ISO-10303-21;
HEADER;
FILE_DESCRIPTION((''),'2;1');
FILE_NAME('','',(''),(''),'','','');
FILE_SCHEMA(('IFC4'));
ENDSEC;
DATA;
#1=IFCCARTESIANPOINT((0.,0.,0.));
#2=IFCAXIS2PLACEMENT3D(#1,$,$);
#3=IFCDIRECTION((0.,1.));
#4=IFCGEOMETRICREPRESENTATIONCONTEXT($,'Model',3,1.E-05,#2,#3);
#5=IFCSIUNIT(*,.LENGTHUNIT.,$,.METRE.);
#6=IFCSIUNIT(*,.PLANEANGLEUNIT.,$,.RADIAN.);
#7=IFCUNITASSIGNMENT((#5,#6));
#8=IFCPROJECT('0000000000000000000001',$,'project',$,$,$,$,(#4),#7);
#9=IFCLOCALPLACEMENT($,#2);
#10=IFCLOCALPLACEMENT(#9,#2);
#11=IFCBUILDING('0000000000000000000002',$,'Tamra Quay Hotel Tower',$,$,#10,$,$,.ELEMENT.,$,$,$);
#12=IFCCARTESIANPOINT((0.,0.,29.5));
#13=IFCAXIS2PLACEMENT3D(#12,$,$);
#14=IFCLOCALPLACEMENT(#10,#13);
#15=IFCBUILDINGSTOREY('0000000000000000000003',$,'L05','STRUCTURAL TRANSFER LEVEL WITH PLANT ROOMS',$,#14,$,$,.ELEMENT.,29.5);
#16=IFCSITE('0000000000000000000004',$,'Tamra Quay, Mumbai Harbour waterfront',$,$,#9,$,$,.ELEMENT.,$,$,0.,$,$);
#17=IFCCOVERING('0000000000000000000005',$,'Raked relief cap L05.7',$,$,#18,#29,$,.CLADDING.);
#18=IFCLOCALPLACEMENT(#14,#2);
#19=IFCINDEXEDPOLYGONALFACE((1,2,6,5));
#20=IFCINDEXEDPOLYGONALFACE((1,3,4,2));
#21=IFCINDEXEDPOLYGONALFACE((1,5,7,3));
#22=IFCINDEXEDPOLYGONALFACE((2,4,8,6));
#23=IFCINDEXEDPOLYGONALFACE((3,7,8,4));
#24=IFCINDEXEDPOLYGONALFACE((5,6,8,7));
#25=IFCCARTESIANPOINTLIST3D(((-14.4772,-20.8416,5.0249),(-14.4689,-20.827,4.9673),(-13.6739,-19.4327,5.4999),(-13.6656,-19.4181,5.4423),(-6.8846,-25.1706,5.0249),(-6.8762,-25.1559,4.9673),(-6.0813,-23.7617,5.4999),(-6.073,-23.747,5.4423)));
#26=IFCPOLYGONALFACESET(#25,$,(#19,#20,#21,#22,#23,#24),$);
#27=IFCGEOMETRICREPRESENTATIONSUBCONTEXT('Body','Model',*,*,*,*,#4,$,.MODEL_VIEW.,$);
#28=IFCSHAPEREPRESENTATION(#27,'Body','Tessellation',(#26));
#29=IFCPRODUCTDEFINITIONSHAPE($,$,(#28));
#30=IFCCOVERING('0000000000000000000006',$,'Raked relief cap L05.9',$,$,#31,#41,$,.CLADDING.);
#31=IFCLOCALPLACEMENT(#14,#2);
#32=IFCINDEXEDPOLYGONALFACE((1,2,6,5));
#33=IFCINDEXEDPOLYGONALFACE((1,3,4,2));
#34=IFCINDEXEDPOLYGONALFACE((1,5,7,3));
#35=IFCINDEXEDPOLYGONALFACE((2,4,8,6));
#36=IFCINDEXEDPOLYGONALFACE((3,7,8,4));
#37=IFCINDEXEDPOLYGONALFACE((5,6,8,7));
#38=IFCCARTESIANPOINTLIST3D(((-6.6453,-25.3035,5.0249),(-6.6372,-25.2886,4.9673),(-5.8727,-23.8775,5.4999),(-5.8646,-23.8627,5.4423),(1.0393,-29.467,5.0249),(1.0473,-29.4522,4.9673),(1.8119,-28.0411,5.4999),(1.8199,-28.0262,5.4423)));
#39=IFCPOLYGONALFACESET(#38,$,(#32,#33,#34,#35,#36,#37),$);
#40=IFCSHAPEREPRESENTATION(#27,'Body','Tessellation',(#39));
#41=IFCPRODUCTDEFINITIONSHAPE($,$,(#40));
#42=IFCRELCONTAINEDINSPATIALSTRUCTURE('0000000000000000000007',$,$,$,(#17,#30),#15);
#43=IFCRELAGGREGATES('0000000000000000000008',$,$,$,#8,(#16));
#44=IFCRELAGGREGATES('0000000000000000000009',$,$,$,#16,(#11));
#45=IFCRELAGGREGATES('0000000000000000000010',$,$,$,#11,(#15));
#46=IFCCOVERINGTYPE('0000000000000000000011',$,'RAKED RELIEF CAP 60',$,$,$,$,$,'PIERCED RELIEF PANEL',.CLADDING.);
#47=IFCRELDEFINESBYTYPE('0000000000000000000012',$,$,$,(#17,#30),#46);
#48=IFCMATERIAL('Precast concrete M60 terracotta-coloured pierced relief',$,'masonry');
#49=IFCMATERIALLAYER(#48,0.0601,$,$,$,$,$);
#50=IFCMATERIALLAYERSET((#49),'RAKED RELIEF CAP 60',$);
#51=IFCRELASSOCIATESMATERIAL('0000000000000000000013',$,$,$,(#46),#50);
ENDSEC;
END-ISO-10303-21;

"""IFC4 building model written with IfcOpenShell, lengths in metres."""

from ifc_helpers import new_model, si_unit, direction, frame, frame_2d, origin, place, context, subcontext, project, spatial, rectangle, extrude, source, transform, mapped, material, layer, layer_set, type_object, element, save


model = new_model("IFC4")

# Units and contexts
model_context = context("Model", 3, precision=1e-05, world=origin(), true_north=direction((0.0, 1.0)))
body_context = subcontext(model_context, "Body", "Model", "MODEL_VIEW")
ifc_project = project(units=[si_unit("LENGTHUNIT", "METRE"), si_unit("PLANEANGLEUNIT", "RADIAN")], contexts=[model_context])

# Site, building, storey
site_placement = place(None, origin())
site = spatial("IfcSite", under=ifc_project, at=site_placement, Name="Tamra Quay, Mumbai Harbour waterfront", CompositionType="ELEMENT", RefElevation=0.0)
building_placement = place(site_placement, origin())
building = spatial("IfcBuilding", under=site, at=building_placement, Name="Tamra Quay Hotel Tower", CompositionType="ELEMENT")
storey_placement = place(building_placement, frame((0.0, 0.0, 29.5)))
storey = spatial("IfcBuildingStorey", under=building, at=storey_placement, Name="L05", Description="STRUCTURAL TRANSFER LEVEL WITH PLANT ROOMS", CompositionType="ELEMENT", Elevation=29.5)

# Coverings
ifc_material_1 = material(Name="Precast concrete M60 terracotta-coloured pierced relief", Category="masonry")
ifc_layer_1 = layer(ifc_material_1, 0.0601)
ifc_layer_set_1 = layer_set([ifc_layer_1], Name="RAKED RELIEF CAP 60")
covering_type_1 = type_object("IfcCoveringType", Name="RAKED RELIEF CAP 60", ElementType="PIERCED RELIEF PANEL", PredefinedType="CLADDING", material=ifc_layer_set_1)
shared_shape_1 = source(origin(), body_context, "Body", "SweptSolid", [
    extrude(rectangle(XDim=8.74, YDim=1.6899, at=frame_2d((4.3701, 0.845))), frame((-4.3701, 0.0, -0.0601)), (0.0, 0.0, 1.0), 0.0601),
])
for number, where, z_axis, x_axis, name in (
    (1, (-10.6809, -23.0061, 5.0249), (-0.13923, -0.2442, 0.959678), (0.868722, -0.495301, 0.0), "Raked relief cap L05.7"),
    (2, (-2.803, -27.3853, 5.0249), (-0.133911, -0.247157, 0.959678), (0.879241, -0.476378, 0.0), "Raked relief cap L05.9"),
):
    element("IfcCovering", number, at=place(storey_placement, frame(where, z_axis=z_axis, x_axis=x_axis)), inside=storey, type_object=covering_type_1, Name=name, PredefinedType="CLADDING", context=body_context, shape_type="MappedRepresentation", body=[
        mapped(shared_shape_1, transform((0.0, 0.0, 0.0), scale=1.0)),
    ])

save(model, "model.ifc")
